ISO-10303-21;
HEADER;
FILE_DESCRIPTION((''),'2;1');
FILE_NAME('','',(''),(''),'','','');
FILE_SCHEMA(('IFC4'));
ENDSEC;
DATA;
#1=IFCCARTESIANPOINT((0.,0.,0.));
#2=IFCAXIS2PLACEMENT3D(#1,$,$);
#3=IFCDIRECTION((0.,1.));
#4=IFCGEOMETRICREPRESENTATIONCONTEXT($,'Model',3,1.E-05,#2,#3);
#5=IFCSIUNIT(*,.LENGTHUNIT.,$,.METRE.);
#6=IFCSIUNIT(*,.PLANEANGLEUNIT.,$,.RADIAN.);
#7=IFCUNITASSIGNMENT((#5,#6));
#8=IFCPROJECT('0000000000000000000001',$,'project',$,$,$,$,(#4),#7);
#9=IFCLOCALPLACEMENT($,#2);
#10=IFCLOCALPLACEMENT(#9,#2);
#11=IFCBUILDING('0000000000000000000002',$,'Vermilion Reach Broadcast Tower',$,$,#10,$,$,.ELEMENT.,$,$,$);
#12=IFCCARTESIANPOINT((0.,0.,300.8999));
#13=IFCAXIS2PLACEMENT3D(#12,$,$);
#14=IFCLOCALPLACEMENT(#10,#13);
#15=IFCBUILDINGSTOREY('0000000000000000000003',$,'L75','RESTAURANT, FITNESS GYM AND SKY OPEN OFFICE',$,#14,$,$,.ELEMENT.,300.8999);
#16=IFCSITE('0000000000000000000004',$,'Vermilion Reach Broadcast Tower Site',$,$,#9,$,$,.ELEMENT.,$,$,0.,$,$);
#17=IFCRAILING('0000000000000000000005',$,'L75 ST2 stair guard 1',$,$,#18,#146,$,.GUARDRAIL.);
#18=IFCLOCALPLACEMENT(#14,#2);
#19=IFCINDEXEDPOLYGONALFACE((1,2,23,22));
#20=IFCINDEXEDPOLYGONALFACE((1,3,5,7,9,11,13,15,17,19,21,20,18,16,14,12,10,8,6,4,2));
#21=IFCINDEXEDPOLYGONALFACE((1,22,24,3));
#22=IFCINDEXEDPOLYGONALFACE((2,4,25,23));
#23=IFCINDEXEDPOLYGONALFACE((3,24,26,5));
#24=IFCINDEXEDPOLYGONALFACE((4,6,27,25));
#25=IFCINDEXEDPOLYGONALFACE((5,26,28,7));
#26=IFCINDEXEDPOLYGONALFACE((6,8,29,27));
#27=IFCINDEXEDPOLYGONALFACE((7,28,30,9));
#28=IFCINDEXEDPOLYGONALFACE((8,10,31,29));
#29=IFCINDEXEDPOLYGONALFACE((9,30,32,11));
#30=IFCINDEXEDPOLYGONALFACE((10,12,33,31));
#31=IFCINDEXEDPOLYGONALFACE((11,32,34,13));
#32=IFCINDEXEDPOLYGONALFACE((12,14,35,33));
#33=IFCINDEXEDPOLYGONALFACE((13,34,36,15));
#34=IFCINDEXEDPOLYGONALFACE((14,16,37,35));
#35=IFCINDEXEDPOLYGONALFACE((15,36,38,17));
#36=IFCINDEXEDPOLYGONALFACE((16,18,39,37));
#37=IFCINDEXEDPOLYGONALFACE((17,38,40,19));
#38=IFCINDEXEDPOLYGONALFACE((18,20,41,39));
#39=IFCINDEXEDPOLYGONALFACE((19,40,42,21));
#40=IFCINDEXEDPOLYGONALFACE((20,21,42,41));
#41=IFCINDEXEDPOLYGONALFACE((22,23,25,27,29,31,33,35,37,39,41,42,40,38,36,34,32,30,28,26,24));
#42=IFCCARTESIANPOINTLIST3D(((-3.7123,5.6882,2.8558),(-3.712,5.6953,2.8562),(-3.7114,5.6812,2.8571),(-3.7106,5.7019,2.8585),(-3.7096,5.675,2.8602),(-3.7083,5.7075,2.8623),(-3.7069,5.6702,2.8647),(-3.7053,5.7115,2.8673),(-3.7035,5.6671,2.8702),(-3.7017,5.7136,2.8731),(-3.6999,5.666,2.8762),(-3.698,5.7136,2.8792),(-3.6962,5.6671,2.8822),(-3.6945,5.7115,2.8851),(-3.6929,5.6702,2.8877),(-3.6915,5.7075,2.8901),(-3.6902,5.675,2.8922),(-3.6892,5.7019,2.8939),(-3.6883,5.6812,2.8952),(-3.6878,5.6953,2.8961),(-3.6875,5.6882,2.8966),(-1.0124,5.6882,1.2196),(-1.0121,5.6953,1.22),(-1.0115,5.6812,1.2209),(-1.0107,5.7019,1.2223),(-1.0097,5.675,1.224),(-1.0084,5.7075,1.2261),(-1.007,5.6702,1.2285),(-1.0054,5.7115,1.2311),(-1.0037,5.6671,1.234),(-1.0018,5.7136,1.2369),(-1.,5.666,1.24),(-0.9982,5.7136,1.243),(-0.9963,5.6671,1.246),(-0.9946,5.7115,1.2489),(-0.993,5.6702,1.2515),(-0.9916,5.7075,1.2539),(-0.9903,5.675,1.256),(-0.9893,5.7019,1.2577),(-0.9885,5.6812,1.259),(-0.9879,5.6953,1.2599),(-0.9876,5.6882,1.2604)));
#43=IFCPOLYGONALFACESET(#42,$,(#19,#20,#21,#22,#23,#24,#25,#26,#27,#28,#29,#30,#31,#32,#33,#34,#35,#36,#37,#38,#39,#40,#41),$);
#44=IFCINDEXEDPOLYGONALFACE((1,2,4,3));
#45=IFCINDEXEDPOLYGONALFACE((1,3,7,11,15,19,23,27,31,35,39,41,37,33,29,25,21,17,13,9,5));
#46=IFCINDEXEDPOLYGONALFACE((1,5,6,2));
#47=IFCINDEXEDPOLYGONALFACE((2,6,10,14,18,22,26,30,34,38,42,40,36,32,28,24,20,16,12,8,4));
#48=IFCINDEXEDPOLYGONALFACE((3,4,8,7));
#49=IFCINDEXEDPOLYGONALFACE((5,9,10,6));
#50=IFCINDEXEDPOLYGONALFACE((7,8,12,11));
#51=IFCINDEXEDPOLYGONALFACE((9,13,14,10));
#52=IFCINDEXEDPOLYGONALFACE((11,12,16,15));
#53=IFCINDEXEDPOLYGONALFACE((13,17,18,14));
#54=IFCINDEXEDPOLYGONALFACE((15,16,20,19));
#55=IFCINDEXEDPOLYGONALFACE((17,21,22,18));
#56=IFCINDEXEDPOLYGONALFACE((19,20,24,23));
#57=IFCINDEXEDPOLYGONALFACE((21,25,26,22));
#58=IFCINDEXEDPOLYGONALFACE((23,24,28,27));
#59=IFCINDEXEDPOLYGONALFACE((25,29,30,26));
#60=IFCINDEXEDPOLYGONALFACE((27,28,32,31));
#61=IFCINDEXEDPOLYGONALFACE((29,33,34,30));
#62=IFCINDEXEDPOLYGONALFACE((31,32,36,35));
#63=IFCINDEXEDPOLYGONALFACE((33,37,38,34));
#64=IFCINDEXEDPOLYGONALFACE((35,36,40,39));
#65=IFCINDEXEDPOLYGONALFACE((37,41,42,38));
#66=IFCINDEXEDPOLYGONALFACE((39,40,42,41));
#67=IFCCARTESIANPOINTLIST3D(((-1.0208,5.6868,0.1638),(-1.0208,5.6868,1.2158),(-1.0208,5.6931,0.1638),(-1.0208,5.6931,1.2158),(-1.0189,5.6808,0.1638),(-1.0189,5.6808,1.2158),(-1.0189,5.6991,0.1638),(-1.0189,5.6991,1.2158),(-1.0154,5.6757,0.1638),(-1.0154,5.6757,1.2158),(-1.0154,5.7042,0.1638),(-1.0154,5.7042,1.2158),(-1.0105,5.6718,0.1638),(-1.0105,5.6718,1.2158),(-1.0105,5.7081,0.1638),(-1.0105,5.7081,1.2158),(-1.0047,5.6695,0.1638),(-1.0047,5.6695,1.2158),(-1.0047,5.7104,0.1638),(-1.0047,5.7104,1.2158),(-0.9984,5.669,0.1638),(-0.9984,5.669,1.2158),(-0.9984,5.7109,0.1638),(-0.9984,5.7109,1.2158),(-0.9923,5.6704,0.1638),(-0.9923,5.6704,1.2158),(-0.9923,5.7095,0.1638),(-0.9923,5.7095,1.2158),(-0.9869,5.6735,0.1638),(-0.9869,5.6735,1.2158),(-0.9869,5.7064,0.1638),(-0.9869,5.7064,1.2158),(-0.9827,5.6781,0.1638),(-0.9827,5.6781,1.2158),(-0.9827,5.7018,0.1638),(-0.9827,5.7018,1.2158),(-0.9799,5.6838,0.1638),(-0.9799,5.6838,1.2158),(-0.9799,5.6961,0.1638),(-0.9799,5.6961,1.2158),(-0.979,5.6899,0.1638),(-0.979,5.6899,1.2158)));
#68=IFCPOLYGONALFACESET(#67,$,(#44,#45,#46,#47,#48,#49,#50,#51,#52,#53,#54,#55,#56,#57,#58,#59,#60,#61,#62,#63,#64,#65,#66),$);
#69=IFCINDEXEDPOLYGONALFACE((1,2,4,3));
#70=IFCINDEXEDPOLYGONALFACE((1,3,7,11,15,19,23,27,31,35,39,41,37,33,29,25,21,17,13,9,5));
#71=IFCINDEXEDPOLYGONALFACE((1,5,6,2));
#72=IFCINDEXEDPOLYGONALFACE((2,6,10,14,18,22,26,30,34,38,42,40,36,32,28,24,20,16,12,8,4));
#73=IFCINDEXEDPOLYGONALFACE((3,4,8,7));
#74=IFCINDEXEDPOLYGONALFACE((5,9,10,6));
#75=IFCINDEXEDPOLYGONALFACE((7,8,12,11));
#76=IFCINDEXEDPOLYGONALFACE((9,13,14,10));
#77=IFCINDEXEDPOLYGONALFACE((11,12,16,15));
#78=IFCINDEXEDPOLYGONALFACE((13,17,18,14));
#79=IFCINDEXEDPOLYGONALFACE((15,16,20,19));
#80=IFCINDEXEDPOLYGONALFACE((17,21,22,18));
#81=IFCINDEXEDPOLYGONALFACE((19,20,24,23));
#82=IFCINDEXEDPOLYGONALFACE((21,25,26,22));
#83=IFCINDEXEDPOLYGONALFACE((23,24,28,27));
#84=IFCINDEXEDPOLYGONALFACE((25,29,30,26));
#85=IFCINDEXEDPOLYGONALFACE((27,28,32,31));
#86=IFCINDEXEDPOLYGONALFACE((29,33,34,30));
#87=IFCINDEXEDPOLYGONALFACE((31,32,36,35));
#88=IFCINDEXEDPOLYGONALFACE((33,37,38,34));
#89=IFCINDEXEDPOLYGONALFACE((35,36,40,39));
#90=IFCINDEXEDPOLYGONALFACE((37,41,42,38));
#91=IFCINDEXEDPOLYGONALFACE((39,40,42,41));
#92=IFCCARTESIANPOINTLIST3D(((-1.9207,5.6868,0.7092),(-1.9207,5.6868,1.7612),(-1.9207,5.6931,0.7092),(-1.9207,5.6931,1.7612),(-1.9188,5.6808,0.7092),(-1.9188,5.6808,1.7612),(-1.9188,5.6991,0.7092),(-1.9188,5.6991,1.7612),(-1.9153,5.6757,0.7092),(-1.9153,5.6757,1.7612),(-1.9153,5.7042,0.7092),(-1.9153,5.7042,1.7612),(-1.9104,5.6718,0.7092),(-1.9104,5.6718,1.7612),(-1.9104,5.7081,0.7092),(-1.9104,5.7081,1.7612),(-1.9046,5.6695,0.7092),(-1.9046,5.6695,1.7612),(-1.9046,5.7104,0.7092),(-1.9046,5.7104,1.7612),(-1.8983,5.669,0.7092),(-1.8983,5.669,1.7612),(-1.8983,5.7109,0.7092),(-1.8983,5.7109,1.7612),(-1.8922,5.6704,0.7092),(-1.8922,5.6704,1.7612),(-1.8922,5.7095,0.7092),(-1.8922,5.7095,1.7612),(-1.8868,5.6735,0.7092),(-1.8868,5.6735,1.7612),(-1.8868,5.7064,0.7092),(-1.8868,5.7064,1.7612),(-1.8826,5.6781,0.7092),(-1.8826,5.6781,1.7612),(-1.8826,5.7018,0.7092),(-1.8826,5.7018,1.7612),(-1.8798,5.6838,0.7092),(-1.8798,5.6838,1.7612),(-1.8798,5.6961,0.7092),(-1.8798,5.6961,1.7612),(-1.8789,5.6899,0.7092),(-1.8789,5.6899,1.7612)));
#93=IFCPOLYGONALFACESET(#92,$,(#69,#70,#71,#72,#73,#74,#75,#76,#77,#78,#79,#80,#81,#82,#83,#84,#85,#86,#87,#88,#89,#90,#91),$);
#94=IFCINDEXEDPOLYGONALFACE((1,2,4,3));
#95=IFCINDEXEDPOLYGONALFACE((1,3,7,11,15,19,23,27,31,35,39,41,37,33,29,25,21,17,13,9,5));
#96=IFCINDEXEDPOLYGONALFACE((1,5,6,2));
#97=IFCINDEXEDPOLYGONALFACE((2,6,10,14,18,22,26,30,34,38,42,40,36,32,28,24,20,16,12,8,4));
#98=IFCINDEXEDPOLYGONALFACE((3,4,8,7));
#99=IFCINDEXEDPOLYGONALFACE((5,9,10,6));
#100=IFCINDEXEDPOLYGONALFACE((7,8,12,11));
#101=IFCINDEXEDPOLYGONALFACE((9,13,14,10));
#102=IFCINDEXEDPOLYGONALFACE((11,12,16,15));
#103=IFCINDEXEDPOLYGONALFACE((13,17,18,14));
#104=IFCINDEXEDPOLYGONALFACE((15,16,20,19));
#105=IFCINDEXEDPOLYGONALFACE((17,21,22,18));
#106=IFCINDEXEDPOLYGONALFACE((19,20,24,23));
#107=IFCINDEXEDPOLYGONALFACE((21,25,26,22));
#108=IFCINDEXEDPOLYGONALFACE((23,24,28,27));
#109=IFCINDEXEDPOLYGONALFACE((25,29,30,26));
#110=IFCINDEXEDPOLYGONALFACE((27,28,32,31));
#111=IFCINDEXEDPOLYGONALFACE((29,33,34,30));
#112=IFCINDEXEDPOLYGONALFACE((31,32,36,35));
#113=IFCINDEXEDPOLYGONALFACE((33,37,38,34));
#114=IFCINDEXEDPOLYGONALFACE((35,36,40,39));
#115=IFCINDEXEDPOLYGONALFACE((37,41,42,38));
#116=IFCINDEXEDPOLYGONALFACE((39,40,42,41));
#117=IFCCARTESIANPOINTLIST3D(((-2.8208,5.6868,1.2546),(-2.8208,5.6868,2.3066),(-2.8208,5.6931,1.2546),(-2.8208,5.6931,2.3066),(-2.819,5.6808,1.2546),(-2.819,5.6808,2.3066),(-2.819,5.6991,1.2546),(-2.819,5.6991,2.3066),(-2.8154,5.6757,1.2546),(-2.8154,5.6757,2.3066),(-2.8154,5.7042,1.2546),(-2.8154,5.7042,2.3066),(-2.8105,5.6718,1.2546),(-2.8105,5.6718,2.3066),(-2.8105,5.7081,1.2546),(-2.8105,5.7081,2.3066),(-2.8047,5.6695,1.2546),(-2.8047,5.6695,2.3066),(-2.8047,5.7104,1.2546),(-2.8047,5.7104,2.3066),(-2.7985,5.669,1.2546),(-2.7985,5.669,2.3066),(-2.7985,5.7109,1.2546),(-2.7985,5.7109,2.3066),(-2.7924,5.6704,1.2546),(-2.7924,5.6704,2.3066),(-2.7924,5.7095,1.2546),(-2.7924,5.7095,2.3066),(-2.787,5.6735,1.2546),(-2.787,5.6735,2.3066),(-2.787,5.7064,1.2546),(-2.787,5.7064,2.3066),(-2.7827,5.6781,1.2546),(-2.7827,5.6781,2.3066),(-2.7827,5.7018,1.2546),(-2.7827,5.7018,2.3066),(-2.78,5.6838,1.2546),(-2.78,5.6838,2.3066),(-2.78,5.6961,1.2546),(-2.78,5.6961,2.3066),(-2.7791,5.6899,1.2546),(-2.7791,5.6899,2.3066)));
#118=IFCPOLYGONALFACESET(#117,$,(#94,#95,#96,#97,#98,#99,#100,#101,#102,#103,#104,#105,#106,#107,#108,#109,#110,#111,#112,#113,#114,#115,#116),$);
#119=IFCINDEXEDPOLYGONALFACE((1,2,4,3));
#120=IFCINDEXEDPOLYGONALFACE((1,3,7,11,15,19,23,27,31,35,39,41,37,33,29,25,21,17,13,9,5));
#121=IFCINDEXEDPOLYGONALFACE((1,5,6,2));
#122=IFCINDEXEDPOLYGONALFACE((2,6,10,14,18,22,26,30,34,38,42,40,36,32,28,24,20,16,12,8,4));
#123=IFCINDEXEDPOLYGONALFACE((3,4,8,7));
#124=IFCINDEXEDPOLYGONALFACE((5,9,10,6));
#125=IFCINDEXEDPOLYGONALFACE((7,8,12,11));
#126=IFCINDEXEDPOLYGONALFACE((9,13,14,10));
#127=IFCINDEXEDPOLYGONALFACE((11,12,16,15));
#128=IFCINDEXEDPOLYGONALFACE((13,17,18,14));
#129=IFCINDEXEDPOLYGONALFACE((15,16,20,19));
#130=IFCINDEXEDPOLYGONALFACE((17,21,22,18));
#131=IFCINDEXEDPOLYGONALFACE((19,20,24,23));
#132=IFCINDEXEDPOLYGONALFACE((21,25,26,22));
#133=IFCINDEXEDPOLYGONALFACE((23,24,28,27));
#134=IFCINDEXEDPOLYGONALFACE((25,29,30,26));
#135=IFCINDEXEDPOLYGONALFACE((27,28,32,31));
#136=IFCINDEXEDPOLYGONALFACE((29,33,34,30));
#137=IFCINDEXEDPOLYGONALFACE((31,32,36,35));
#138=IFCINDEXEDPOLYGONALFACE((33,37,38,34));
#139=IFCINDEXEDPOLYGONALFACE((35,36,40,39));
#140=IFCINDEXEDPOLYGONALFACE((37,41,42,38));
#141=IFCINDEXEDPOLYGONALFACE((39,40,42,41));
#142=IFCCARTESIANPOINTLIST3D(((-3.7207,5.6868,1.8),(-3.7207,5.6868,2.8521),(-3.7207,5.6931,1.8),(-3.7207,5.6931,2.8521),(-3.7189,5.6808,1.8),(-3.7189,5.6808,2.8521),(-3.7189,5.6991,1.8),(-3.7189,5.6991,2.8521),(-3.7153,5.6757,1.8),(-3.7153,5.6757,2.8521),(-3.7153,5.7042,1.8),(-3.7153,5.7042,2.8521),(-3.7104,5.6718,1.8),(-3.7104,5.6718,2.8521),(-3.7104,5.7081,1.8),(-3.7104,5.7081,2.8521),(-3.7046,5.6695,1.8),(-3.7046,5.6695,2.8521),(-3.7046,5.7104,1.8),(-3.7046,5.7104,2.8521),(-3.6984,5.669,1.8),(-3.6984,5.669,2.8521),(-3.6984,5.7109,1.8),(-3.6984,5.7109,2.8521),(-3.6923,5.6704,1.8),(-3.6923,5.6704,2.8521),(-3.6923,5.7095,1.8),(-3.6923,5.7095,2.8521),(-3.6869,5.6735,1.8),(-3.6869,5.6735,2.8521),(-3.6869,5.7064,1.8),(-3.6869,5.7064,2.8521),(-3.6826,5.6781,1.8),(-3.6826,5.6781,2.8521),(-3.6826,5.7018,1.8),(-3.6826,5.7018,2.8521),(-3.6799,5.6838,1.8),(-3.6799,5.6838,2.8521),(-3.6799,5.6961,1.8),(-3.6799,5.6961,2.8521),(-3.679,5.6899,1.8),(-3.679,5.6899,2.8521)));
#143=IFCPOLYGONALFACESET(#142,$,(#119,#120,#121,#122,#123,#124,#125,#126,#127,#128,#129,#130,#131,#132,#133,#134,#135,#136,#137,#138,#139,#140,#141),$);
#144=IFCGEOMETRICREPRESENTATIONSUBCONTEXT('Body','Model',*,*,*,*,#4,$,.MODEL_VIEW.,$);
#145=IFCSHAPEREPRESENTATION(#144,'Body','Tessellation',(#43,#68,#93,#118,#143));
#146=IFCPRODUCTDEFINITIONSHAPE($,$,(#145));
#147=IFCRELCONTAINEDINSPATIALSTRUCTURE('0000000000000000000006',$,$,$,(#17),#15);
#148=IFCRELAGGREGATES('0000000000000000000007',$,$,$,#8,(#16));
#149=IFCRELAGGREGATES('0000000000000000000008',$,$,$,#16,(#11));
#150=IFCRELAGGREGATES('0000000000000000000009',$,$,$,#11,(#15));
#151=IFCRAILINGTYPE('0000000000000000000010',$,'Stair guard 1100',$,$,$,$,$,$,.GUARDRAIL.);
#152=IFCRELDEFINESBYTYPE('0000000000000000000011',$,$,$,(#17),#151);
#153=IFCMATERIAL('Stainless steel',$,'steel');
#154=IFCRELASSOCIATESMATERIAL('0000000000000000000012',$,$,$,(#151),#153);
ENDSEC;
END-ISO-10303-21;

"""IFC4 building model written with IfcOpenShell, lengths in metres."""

from ifc_helpers import new_model, si_unit, direction, frame, origin, origin_2d, place, context, subcontext, project, spatial, circle, extrude, material, type_object, element, save


model = new_model("IFC4")

# Units and contexts
model_context = context("Model", 3, precision=1e-05, world=origin(), true_north=direction((0.0, 1.0)))
body_context = subcontext(model_context, "Body", "Model", "MODEL_VIEW")
ifc_project = project(units=[si_unit("LENGTHUNIT", "METRE"), si_unit("PLANEANGLEUNIT", "RADIAN")], contexts=[model_context])

# Site, building, storey
site_placement = place(None, origin())
site = spatial("IfcSite", under=ifc_project, at=site_placement, Name="Vermilion Reach Broadcast Tower Site", CompositionType="ELEMENT", RefElevation=0.0)
building_placement = place(site_placement, origin())
building = spatial("IfcBuilding", under=site, at=building_placement, Name="Vermilion Reach Broadcast Tower", CompositionType="ELEMENT")
storey_placement = place(building_placement, frame((0.0, 0.0, 300.8999)))
storey = spatial("IfcBuildingStorey", under=building, at=storey_placement, Name="L75", Description="RESTAURANT, FITNESS GYM AND SKY OPEN OFFICE", CompositionType="ELEMENT", Elevation=300.8999)

# Railing
ifc_material_1 = material(Name="Stainless steel", Category="steel")
railing_type_1 = type_object("IfcRailingType", Name="Stair guard 1100", PredefinedType="GUARDRAIL", material=ifc_material_1)
railing_1_placement = place(storey_placement, frame((-1.0, 5.6899, 0.1638)))
element("IfcRailing", 1, at=railing_1_placement, inside=storey, type_object=railing_type_1, Name="L75 ST2 stair guard 1", PredefinedType="GUARDRAIL", context=body_context, shape_type="SweptSolid", body=[
    extrude(circle(Radius=0.0239, at=origin_2d()), frame((0.0, 0.0, 1.0762), z_axis=(-0.855212, 0.0, 0.518278), x_axis=(0.0, -1.0, 0.0)), (0.0, 0.0, 1.0), 3.157),
    extrude(circle(Radius=0.021, at=origin_2d()), origin(), (0.0, 0.0, 1.0), 1.052),
    extrude(circle(Radius=0.021, at=origin_2d()), frame((-0.8999, 0.0, 0.5454)), (0.0, 0.0, 1.0), 1.052),
    extrude(circle(Radius=0.021, at=origin_2d()), frame((-1.8, 0.0, 1.0908)), (0.0, 0.0, 1.0), 1.052),
    extrude(circle(Radius=0.021, at=origin_2d()), frame((-2.7, 0.0, 1.6362)), (0.0, 0.0, 1.0), 1.052),
])

save(model, "model.ifc")
